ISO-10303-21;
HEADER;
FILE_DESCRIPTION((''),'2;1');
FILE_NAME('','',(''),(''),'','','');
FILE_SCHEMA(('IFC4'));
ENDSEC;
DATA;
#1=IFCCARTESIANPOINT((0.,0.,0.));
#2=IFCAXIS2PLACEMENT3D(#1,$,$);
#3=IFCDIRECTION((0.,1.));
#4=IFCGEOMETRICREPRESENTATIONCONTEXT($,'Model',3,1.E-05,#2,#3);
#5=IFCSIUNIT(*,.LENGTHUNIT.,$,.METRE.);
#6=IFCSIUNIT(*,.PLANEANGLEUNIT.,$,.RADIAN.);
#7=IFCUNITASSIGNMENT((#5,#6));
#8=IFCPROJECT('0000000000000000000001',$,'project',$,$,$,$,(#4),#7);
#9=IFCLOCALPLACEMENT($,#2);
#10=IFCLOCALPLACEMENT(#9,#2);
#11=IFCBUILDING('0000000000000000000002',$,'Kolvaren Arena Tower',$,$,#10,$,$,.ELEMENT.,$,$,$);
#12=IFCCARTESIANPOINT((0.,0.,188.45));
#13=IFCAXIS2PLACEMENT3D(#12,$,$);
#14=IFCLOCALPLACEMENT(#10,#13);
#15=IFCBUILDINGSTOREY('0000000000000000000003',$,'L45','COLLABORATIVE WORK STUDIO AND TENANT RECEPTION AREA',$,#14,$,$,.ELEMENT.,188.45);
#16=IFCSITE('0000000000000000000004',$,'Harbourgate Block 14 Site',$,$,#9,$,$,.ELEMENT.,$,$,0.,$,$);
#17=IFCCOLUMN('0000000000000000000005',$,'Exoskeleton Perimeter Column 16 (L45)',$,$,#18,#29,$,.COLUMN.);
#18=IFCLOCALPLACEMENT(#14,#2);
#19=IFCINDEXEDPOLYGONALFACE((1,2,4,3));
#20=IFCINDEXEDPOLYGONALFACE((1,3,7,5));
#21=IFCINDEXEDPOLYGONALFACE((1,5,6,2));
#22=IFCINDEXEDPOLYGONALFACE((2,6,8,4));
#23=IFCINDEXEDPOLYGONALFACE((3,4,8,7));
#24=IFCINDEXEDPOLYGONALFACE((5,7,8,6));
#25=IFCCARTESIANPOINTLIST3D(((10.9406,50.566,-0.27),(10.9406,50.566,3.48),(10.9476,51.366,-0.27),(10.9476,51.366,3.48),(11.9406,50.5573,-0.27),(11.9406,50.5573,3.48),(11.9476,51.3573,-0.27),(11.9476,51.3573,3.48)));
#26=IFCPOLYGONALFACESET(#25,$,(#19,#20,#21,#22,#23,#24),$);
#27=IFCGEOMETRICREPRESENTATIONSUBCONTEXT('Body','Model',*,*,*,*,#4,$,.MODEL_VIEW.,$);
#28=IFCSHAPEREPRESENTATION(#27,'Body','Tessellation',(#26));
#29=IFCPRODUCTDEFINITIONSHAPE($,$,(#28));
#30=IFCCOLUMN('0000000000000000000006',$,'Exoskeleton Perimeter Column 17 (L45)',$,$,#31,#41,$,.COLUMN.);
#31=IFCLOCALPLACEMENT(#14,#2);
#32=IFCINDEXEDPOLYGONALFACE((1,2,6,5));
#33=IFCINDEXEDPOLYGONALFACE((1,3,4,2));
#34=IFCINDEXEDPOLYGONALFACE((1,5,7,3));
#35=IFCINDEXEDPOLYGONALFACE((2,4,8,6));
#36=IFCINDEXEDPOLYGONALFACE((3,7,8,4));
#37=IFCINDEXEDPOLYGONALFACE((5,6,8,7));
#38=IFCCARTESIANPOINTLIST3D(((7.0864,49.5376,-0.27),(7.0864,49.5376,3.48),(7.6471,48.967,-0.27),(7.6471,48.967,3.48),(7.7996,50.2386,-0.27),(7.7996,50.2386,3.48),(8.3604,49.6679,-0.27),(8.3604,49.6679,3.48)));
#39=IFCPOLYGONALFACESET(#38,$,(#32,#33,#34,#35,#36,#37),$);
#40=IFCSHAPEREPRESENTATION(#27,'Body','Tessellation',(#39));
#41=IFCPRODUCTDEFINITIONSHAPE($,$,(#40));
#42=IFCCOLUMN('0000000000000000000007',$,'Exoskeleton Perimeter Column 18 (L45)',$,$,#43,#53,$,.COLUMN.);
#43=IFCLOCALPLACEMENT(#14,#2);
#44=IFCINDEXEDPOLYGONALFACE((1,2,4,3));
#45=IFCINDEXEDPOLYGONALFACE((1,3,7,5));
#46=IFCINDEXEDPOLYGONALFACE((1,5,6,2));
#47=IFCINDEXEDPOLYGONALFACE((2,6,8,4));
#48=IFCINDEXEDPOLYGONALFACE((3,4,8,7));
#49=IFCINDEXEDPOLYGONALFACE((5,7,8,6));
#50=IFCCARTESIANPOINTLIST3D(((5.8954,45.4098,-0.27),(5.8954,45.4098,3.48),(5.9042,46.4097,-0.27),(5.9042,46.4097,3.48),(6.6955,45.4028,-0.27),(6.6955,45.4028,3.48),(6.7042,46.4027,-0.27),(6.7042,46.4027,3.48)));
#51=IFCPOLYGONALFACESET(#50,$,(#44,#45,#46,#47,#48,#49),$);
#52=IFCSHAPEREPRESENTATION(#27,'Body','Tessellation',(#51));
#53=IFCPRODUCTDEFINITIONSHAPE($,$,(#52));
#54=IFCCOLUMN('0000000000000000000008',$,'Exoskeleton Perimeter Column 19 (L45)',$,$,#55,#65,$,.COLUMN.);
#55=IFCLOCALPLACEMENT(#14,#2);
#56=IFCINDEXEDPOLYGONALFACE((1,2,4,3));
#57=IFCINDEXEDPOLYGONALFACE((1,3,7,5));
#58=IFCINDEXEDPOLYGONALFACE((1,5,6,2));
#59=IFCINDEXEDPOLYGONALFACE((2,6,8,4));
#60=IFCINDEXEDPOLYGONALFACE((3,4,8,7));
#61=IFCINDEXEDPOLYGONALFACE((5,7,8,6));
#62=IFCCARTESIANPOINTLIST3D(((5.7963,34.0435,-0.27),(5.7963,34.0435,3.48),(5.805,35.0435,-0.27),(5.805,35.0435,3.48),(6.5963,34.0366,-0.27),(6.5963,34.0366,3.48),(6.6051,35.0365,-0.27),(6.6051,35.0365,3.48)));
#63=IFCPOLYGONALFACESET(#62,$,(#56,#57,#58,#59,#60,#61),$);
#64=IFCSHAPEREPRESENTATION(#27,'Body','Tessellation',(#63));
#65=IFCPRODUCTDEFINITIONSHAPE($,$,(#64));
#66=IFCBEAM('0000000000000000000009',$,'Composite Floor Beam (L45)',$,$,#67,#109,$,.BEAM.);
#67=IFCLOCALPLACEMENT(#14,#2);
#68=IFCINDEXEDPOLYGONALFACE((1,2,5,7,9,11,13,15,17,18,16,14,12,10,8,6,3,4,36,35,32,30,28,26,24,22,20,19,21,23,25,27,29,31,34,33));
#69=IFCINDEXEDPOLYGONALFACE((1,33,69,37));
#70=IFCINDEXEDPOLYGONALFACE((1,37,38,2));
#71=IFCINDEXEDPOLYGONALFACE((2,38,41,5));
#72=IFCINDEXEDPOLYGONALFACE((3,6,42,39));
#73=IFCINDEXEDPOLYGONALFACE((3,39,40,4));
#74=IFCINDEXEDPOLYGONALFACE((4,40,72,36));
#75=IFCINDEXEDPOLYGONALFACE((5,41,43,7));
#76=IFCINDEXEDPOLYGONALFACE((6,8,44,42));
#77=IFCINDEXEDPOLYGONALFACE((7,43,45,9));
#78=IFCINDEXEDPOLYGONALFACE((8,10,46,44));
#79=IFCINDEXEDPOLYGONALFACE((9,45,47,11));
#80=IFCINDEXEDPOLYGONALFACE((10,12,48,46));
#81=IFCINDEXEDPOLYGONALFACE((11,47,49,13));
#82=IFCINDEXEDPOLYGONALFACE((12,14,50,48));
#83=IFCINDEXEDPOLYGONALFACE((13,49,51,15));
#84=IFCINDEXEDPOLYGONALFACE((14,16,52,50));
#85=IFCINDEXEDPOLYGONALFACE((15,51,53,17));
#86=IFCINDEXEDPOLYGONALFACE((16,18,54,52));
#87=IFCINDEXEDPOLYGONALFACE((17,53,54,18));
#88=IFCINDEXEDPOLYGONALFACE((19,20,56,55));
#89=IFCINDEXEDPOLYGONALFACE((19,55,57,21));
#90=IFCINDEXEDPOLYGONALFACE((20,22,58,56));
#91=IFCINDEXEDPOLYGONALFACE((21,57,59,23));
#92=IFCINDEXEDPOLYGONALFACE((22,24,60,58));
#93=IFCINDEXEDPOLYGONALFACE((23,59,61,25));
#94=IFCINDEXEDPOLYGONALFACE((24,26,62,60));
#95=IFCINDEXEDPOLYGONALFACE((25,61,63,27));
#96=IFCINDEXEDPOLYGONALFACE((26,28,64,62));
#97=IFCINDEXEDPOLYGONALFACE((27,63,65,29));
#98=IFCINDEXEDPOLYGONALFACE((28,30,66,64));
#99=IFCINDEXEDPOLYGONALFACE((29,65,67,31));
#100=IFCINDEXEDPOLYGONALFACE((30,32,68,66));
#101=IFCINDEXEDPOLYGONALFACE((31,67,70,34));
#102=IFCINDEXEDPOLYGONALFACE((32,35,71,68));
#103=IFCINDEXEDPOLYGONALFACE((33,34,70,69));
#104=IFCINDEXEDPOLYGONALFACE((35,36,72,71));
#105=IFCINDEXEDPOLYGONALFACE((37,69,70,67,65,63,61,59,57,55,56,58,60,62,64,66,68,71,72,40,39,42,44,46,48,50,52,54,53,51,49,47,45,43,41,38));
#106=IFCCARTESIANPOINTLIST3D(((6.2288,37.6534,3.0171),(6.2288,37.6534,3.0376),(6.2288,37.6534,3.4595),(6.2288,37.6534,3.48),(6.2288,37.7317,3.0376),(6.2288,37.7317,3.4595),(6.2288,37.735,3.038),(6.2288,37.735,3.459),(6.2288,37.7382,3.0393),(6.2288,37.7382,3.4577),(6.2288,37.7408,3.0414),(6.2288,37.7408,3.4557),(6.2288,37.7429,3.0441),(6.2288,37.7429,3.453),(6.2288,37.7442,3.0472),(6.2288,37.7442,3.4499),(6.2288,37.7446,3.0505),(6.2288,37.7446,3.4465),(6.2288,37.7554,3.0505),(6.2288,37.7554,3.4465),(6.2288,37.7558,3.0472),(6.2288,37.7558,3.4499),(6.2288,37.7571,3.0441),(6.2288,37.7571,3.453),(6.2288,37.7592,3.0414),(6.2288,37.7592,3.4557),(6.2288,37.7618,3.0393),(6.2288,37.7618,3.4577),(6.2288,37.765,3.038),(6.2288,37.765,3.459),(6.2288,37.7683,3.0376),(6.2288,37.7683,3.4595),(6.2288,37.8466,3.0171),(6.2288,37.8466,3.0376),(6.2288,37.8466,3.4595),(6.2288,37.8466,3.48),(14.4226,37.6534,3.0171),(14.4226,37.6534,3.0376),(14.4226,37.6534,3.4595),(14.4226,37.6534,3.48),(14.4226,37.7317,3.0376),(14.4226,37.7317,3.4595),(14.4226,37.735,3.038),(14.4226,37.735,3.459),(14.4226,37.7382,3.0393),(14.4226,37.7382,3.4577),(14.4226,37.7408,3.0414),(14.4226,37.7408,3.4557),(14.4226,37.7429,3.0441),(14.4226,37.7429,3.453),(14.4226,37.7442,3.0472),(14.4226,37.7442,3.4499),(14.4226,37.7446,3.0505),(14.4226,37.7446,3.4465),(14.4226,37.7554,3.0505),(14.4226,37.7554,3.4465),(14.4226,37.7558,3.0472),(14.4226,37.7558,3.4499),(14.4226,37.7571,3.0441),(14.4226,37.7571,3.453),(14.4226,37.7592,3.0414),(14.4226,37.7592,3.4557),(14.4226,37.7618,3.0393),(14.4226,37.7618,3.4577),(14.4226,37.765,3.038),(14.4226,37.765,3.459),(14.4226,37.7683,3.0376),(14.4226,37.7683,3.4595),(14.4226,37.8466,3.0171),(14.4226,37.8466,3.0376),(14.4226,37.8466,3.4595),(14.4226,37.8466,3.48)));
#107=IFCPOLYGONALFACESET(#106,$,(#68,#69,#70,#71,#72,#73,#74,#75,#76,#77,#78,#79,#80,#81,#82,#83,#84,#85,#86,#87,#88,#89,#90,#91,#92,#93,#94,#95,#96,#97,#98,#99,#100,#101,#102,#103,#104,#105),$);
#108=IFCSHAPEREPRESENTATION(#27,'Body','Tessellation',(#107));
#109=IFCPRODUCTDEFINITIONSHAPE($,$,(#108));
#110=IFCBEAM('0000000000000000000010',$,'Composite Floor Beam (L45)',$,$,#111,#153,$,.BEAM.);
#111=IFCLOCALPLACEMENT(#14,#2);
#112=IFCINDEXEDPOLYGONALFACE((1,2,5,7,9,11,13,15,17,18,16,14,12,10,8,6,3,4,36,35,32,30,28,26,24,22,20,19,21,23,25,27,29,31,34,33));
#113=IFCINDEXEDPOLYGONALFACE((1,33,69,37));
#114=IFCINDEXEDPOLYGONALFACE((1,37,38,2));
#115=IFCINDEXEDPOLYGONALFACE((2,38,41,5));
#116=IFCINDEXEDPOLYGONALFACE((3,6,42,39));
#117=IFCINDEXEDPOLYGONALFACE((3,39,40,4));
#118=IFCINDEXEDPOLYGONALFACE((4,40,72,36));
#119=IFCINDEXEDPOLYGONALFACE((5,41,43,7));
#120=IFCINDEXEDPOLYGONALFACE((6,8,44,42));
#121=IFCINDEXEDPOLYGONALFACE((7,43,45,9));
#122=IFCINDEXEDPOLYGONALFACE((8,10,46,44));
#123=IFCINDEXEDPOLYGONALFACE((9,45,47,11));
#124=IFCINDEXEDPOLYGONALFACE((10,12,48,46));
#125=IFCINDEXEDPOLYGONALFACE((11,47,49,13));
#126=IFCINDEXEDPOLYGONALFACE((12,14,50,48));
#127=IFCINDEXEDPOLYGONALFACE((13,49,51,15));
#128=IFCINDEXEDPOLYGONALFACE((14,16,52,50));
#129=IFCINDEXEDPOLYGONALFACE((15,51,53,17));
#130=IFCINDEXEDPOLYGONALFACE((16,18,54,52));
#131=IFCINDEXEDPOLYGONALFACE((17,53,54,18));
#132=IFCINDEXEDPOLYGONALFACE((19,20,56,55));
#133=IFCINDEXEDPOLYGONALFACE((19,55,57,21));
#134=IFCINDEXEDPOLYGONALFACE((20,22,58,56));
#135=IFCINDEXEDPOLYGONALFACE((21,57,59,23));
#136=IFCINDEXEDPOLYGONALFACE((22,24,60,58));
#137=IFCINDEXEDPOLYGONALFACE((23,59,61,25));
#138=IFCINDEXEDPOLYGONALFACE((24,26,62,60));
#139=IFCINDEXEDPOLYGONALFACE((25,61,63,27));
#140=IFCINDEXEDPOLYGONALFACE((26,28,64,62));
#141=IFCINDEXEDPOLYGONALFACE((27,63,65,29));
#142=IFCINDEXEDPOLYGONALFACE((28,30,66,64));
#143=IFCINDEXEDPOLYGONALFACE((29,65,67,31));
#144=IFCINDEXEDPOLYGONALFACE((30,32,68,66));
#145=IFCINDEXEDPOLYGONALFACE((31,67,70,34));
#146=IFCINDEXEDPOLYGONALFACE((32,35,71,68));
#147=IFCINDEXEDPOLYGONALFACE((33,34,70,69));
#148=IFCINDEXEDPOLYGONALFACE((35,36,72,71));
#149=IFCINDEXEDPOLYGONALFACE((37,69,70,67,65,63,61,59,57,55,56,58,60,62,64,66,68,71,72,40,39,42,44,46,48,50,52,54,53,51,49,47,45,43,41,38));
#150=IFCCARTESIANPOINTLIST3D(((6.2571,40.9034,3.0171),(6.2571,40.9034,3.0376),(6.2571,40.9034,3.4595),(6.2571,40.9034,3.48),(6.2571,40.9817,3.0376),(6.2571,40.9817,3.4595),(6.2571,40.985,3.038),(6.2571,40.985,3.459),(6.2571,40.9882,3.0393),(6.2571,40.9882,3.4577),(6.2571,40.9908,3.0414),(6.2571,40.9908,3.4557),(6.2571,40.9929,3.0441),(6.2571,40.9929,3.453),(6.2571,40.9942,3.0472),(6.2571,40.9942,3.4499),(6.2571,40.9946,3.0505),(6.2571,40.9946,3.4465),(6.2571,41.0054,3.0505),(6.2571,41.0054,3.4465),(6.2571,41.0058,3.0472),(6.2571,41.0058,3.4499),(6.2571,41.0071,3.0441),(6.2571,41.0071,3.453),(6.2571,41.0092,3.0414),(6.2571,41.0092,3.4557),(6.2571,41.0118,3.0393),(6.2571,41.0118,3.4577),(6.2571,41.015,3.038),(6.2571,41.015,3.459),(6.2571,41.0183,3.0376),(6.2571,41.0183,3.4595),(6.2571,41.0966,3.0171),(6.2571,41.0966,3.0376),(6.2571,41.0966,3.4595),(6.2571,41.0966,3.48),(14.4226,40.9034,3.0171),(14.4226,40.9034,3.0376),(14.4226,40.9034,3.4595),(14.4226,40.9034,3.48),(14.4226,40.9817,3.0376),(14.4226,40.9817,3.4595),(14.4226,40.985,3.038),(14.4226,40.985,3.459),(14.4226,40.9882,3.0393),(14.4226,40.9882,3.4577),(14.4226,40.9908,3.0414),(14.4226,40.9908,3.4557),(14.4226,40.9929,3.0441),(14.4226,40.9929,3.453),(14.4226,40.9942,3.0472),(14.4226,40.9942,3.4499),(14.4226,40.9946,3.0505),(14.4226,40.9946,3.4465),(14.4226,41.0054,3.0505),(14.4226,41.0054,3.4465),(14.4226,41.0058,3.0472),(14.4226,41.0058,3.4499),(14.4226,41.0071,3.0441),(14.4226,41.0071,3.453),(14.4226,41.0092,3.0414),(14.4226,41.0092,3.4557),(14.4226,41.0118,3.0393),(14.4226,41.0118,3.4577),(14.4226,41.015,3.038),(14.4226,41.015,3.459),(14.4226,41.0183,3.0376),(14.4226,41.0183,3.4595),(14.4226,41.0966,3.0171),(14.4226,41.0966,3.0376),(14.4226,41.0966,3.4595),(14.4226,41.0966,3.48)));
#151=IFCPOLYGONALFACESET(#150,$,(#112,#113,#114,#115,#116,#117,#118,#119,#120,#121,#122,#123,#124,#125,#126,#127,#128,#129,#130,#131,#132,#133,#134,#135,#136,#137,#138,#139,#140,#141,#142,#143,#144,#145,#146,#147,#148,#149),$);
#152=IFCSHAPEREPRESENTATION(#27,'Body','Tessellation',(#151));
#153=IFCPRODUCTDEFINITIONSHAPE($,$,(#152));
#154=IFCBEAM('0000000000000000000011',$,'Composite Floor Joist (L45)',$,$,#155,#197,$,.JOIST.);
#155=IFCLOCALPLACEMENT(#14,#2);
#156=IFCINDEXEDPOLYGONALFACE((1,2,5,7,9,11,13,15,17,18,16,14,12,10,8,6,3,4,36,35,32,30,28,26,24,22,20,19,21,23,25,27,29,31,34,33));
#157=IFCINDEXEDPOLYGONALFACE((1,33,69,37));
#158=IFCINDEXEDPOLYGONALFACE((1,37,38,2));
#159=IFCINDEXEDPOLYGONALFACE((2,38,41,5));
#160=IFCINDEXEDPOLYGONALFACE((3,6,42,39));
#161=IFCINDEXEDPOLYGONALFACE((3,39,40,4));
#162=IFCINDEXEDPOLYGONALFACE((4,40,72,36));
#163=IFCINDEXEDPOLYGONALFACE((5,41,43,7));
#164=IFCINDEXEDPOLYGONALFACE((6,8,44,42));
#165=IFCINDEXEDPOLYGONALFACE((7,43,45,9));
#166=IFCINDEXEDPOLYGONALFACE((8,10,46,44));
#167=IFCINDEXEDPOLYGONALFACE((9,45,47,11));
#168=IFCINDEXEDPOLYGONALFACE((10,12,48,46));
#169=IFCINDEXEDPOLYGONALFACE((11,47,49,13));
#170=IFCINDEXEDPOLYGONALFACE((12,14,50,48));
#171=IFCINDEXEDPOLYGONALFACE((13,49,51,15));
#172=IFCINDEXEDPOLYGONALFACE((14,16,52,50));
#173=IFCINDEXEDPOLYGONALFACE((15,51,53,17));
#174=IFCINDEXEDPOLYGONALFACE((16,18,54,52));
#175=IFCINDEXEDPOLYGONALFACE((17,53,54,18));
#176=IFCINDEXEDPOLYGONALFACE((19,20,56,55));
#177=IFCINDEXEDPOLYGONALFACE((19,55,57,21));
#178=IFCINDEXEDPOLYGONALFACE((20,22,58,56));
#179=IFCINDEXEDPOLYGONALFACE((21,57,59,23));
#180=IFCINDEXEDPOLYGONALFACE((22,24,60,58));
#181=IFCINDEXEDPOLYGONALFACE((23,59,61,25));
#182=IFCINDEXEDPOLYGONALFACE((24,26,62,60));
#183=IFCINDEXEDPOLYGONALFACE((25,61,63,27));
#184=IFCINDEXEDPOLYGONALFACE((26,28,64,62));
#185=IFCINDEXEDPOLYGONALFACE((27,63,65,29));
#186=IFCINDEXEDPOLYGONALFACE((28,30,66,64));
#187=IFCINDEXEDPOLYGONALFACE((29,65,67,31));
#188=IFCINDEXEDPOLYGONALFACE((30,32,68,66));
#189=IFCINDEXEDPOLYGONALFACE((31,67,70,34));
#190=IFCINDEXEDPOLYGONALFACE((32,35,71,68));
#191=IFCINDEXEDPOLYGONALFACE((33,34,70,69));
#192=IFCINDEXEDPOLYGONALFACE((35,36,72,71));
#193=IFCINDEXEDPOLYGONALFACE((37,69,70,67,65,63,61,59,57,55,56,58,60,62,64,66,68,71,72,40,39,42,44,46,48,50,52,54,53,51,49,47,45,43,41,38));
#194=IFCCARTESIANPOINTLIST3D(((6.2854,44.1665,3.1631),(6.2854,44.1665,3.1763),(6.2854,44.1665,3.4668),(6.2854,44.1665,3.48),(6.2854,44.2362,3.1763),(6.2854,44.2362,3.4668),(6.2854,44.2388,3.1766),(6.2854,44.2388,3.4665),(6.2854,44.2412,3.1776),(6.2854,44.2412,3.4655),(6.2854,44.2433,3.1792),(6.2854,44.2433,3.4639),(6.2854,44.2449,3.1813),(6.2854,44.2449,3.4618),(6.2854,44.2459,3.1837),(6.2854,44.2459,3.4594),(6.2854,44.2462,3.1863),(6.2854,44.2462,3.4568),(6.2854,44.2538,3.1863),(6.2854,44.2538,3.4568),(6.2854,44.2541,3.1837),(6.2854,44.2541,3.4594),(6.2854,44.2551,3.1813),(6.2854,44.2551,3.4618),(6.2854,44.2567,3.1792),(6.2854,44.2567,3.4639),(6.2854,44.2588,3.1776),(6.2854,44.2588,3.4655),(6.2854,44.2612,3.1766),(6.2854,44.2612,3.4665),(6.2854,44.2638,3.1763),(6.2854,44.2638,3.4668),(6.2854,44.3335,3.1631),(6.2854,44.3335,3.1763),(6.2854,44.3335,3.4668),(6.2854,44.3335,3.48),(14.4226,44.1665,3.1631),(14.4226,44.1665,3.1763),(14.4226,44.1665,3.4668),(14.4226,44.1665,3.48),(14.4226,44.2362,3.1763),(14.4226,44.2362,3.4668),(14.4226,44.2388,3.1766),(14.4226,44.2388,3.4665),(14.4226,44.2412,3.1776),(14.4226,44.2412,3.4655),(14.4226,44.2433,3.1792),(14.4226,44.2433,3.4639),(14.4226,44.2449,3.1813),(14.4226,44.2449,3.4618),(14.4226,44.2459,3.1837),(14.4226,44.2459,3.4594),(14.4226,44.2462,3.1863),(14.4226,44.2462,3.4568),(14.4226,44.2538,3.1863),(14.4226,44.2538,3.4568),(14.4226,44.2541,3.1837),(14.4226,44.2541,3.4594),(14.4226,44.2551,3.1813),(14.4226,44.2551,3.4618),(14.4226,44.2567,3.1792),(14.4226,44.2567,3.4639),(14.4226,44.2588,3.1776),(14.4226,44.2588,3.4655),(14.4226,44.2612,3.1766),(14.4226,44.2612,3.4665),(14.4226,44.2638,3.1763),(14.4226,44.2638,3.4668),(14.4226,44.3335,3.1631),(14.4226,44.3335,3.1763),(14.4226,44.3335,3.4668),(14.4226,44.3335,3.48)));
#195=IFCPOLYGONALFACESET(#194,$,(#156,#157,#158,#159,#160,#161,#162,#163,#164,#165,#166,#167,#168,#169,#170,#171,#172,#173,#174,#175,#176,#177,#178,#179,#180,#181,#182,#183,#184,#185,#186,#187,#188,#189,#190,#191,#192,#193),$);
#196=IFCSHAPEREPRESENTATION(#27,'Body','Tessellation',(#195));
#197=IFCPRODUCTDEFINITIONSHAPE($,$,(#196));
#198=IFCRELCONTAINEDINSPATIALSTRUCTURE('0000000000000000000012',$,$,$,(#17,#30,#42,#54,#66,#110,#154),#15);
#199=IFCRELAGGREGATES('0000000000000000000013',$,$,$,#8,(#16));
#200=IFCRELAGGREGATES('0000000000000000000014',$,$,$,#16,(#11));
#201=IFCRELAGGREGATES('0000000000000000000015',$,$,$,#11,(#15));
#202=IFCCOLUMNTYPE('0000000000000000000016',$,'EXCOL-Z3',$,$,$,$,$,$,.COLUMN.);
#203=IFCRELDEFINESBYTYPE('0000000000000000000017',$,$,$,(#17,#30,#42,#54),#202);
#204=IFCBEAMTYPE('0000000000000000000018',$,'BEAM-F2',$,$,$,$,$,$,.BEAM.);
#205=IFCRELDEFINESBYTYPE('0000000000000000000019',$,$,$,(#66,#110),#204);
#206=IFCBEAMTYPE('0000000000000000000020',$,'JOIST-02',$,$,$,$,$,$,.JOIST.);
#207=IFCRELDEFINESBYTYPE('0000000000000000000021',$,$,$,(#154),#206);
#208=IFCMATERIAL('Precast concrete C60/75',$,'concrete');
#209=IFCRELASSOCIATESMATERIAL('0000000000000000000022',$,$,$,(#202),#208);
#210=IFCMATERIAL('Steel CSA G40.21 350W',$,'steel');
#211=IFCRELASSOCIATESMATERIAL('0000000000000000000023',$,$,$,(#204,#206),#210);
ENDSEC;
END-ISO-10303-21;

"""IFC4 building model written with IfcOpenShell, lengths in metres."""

from ifc_helpers import new_model, si_unit, direction, frame, origin, origin_2d, place, context, subcontext, project, spatial, rectangle, i_section, extrude, material, material_profile, profile_set, type_object, element, save


model = new_model("IFC4")

# Units and contexts
model_context = context("Model", 3, precision=1e-05, world=origin(), true_north=direction((0.0, 1.0)))
body_context = subcontext(model_context, "Body", "Model", "MODEL_VIEW")
ifc_project = project(units=[si_unit("LENGTHUNIT", "METRE"), si_unit("PLANEANGLEUNIT", "RADIAN")], contexts=[model_context])

# Site, building, storey
site_placement = place(None, origin())
site = spatial("IfcSite", under=ifc_project, at=site_placement, Name="Harbourgate Block 14 Site", CompositionType="ELEMENT", RefElevation=0.0)
building_placement = place(site_placement, origin())
building = spatial("IfcBuilding", under=site, at=building_placement, Name="Kolvaren Arena Tower", CompositionType="ELEMENT")
storey_placement = place(building_placement, frame((0.0, 0.0, 188.45)))
storey = spatial("IfcBuildingStorey", under=building, at=storey_placement, Name="L45", Description="COLLABORATIVE WORK STUDIO AND TENANT RECEPTION AREA", CompositionType="ELEMENT", Elevation=188.45)

# Columns
ifc_material_1 = material(Name="Precast concrete C60/75", Category="concrete")
ifc_material_profile_1 = material_profile(ifc_material_1, rectangle(XDim=1.0, YDim=0.8, at=origin_2d()), Name="RC-1000x800")
ifc_profile_set_1 = profile_set([ifc_material_profile_1], Name="Precast concrete C60/75")
column_type = type_object("IfcColumnType", Name="EXCOL-Z3", PredefinedType="COLUMN", material=ifc_profile_set_1)
for number, where, z_axis, x_axis, name in (
    (1, (11.4441, 50.9617, -0.27), (0.0, 0.0, 1.0), (0.999962, -0.008727, 0.0), "Exoskeleton Perimeter Column 16 (L45)"),
    (2, (7.7234, 49.6028, -0.27), (0.0, 0.0, 1.0), (0.71325, 0.700909, 0.0), "Exoskeleton Perimeter Column 17 (L45)"),
    (3, (6.2998, 45.9062, -0.27), (0.0, 0.0, 1.0), (0.008727, 0.999962, 0.0), "Exoskeleton Perimeter Column 18 (L45)"),
    (4, (6.2007, 34.54, -0.27), (0.0, 0.0, 1.0), (0.008727, 0.999962, 0.0), "Exoskeleton Perimeter Column 19 (L45)"),
):
    element("IfcColumn", number, at=place(storey_placement, frame(where, z_axis=z_axis, x_axis=x_axis)), inside=storey, type_object=column_type, Name=name, PredefinedType="COLUMN", context=body_context, shape_type="SweptSolid", body=[
        extrude(rectangle(XDim=1.0, YDim=0.8, at=origin_2d()), origin(), (0.0, 0.0, 1.0), 3.75),
    ])

# Beams
ifc_material_2 = material(Name="Steel CSA G40.21 350W", Category="steel")
ifc_material_profile_2 = material_profile(ifc_material_2, i_section(OverallWidth=0.1931, OverallDepth=0.4629, WebThickness=0.0107, FlangeThickness=0.0205, FilletRadius=0.0129, at=origin_2d()), Name="W460x113")
ifc_profile_set_2 = profile_set([ifc_material_profile_2], Name="Steel CSA G40.21 350W")
beam_type_1 = type_object("IfcBeamType", Name="BEAM-F2", PredefinedType="BEAM", material=ifc_profile_set_2)
beam_1_placement = place(storey_placement, frame((6.2288, 37.75, 3.2485), z_axis=(1.0, 0.0, 0.0), x_axis=(0.0, 1.0, 0.0)))
element("IfcBeam", 5, at=beam_1_placement, inside=storey, type_object=beam_type_1, Name="Composite Floor Beam (L45)", PredefinedType="BEAM", context=body_context, shape_type="SweptSolid", body=[
    extrude(i_section(OverallWidth=0.1931, OverallDepth=0.4629, WebThickness=0.0107, FlangeThickness=0.0205, FilletRadius=0.0129, at=origin_2d()), origin(), (0.0, 0.0, 1.0), 8.1938),
])
beam_2_placement = place(storey_placement, frame((6.2571, 41.0, 3.2485), z_axis=(1.0, 0.0, 0.0), x_axis=(0.0, 1.0, 0.0)))
element("IfcBeam", 6, at=beam_2_placement, inside=storey, type_object=beam_type_1, Name="Composite Floor Beam (L45)", PredefinedType="BEAM", context=body_context, shape_type="SweptSolid", body=[
    extrude(i_section(OverallWidth=0.1931, OverallDepth=0.4629, WebThickness=0.0107, FlangeThickness=0.0205, FilletRadius=0.0129, at=origin_2d()), origin(), (0.0, 0.0, 1.0), 8.1655),
])
ifc_material_profile_3 = material_profile(ifc_material_2, i_section(OverallWidth=0.167, OverallDepth=0.3169, WebThickness=0.0076, FlangeThickness=0.0132, FilletRadius=0.01, at=origin_2d()), Name="W310x52")
ifc_profile_set_3 = profile_set([ifc_material_profile_3], Name="Steel CSA G40.21 350W")
beam_type_2 = type_object("IfcBeamType", Name="JOIST-02", PredefinedType="JOIST", material=ifc_profile_set_3)
beam_3_placement = place(storey_placement, frame((6.2854, 44.25, 3.3215), z_axis=(1.0, 0.0, 0.0), x_axis=(0.0, 1.0, 0.0)))
element("IfcBeam", 7, at=beam_3_placement, inside=storey, type_object=beam_type_2, Name="Composite Floor Joist (L45)", PredefinedType="JOIST", context=body_context, shape_type="SweptSolid", body=[
    extrude(i_section(OverallWidth=0.167, OverallDepth=0.3169, WebThickness=0.0076, FlangeThickness=0.0132, FilletRadius=0.01, at=origin_2d()), origin(), (0.0, 0.0, 1.0), 8.1372),
])

save(model, "model.ifc")
